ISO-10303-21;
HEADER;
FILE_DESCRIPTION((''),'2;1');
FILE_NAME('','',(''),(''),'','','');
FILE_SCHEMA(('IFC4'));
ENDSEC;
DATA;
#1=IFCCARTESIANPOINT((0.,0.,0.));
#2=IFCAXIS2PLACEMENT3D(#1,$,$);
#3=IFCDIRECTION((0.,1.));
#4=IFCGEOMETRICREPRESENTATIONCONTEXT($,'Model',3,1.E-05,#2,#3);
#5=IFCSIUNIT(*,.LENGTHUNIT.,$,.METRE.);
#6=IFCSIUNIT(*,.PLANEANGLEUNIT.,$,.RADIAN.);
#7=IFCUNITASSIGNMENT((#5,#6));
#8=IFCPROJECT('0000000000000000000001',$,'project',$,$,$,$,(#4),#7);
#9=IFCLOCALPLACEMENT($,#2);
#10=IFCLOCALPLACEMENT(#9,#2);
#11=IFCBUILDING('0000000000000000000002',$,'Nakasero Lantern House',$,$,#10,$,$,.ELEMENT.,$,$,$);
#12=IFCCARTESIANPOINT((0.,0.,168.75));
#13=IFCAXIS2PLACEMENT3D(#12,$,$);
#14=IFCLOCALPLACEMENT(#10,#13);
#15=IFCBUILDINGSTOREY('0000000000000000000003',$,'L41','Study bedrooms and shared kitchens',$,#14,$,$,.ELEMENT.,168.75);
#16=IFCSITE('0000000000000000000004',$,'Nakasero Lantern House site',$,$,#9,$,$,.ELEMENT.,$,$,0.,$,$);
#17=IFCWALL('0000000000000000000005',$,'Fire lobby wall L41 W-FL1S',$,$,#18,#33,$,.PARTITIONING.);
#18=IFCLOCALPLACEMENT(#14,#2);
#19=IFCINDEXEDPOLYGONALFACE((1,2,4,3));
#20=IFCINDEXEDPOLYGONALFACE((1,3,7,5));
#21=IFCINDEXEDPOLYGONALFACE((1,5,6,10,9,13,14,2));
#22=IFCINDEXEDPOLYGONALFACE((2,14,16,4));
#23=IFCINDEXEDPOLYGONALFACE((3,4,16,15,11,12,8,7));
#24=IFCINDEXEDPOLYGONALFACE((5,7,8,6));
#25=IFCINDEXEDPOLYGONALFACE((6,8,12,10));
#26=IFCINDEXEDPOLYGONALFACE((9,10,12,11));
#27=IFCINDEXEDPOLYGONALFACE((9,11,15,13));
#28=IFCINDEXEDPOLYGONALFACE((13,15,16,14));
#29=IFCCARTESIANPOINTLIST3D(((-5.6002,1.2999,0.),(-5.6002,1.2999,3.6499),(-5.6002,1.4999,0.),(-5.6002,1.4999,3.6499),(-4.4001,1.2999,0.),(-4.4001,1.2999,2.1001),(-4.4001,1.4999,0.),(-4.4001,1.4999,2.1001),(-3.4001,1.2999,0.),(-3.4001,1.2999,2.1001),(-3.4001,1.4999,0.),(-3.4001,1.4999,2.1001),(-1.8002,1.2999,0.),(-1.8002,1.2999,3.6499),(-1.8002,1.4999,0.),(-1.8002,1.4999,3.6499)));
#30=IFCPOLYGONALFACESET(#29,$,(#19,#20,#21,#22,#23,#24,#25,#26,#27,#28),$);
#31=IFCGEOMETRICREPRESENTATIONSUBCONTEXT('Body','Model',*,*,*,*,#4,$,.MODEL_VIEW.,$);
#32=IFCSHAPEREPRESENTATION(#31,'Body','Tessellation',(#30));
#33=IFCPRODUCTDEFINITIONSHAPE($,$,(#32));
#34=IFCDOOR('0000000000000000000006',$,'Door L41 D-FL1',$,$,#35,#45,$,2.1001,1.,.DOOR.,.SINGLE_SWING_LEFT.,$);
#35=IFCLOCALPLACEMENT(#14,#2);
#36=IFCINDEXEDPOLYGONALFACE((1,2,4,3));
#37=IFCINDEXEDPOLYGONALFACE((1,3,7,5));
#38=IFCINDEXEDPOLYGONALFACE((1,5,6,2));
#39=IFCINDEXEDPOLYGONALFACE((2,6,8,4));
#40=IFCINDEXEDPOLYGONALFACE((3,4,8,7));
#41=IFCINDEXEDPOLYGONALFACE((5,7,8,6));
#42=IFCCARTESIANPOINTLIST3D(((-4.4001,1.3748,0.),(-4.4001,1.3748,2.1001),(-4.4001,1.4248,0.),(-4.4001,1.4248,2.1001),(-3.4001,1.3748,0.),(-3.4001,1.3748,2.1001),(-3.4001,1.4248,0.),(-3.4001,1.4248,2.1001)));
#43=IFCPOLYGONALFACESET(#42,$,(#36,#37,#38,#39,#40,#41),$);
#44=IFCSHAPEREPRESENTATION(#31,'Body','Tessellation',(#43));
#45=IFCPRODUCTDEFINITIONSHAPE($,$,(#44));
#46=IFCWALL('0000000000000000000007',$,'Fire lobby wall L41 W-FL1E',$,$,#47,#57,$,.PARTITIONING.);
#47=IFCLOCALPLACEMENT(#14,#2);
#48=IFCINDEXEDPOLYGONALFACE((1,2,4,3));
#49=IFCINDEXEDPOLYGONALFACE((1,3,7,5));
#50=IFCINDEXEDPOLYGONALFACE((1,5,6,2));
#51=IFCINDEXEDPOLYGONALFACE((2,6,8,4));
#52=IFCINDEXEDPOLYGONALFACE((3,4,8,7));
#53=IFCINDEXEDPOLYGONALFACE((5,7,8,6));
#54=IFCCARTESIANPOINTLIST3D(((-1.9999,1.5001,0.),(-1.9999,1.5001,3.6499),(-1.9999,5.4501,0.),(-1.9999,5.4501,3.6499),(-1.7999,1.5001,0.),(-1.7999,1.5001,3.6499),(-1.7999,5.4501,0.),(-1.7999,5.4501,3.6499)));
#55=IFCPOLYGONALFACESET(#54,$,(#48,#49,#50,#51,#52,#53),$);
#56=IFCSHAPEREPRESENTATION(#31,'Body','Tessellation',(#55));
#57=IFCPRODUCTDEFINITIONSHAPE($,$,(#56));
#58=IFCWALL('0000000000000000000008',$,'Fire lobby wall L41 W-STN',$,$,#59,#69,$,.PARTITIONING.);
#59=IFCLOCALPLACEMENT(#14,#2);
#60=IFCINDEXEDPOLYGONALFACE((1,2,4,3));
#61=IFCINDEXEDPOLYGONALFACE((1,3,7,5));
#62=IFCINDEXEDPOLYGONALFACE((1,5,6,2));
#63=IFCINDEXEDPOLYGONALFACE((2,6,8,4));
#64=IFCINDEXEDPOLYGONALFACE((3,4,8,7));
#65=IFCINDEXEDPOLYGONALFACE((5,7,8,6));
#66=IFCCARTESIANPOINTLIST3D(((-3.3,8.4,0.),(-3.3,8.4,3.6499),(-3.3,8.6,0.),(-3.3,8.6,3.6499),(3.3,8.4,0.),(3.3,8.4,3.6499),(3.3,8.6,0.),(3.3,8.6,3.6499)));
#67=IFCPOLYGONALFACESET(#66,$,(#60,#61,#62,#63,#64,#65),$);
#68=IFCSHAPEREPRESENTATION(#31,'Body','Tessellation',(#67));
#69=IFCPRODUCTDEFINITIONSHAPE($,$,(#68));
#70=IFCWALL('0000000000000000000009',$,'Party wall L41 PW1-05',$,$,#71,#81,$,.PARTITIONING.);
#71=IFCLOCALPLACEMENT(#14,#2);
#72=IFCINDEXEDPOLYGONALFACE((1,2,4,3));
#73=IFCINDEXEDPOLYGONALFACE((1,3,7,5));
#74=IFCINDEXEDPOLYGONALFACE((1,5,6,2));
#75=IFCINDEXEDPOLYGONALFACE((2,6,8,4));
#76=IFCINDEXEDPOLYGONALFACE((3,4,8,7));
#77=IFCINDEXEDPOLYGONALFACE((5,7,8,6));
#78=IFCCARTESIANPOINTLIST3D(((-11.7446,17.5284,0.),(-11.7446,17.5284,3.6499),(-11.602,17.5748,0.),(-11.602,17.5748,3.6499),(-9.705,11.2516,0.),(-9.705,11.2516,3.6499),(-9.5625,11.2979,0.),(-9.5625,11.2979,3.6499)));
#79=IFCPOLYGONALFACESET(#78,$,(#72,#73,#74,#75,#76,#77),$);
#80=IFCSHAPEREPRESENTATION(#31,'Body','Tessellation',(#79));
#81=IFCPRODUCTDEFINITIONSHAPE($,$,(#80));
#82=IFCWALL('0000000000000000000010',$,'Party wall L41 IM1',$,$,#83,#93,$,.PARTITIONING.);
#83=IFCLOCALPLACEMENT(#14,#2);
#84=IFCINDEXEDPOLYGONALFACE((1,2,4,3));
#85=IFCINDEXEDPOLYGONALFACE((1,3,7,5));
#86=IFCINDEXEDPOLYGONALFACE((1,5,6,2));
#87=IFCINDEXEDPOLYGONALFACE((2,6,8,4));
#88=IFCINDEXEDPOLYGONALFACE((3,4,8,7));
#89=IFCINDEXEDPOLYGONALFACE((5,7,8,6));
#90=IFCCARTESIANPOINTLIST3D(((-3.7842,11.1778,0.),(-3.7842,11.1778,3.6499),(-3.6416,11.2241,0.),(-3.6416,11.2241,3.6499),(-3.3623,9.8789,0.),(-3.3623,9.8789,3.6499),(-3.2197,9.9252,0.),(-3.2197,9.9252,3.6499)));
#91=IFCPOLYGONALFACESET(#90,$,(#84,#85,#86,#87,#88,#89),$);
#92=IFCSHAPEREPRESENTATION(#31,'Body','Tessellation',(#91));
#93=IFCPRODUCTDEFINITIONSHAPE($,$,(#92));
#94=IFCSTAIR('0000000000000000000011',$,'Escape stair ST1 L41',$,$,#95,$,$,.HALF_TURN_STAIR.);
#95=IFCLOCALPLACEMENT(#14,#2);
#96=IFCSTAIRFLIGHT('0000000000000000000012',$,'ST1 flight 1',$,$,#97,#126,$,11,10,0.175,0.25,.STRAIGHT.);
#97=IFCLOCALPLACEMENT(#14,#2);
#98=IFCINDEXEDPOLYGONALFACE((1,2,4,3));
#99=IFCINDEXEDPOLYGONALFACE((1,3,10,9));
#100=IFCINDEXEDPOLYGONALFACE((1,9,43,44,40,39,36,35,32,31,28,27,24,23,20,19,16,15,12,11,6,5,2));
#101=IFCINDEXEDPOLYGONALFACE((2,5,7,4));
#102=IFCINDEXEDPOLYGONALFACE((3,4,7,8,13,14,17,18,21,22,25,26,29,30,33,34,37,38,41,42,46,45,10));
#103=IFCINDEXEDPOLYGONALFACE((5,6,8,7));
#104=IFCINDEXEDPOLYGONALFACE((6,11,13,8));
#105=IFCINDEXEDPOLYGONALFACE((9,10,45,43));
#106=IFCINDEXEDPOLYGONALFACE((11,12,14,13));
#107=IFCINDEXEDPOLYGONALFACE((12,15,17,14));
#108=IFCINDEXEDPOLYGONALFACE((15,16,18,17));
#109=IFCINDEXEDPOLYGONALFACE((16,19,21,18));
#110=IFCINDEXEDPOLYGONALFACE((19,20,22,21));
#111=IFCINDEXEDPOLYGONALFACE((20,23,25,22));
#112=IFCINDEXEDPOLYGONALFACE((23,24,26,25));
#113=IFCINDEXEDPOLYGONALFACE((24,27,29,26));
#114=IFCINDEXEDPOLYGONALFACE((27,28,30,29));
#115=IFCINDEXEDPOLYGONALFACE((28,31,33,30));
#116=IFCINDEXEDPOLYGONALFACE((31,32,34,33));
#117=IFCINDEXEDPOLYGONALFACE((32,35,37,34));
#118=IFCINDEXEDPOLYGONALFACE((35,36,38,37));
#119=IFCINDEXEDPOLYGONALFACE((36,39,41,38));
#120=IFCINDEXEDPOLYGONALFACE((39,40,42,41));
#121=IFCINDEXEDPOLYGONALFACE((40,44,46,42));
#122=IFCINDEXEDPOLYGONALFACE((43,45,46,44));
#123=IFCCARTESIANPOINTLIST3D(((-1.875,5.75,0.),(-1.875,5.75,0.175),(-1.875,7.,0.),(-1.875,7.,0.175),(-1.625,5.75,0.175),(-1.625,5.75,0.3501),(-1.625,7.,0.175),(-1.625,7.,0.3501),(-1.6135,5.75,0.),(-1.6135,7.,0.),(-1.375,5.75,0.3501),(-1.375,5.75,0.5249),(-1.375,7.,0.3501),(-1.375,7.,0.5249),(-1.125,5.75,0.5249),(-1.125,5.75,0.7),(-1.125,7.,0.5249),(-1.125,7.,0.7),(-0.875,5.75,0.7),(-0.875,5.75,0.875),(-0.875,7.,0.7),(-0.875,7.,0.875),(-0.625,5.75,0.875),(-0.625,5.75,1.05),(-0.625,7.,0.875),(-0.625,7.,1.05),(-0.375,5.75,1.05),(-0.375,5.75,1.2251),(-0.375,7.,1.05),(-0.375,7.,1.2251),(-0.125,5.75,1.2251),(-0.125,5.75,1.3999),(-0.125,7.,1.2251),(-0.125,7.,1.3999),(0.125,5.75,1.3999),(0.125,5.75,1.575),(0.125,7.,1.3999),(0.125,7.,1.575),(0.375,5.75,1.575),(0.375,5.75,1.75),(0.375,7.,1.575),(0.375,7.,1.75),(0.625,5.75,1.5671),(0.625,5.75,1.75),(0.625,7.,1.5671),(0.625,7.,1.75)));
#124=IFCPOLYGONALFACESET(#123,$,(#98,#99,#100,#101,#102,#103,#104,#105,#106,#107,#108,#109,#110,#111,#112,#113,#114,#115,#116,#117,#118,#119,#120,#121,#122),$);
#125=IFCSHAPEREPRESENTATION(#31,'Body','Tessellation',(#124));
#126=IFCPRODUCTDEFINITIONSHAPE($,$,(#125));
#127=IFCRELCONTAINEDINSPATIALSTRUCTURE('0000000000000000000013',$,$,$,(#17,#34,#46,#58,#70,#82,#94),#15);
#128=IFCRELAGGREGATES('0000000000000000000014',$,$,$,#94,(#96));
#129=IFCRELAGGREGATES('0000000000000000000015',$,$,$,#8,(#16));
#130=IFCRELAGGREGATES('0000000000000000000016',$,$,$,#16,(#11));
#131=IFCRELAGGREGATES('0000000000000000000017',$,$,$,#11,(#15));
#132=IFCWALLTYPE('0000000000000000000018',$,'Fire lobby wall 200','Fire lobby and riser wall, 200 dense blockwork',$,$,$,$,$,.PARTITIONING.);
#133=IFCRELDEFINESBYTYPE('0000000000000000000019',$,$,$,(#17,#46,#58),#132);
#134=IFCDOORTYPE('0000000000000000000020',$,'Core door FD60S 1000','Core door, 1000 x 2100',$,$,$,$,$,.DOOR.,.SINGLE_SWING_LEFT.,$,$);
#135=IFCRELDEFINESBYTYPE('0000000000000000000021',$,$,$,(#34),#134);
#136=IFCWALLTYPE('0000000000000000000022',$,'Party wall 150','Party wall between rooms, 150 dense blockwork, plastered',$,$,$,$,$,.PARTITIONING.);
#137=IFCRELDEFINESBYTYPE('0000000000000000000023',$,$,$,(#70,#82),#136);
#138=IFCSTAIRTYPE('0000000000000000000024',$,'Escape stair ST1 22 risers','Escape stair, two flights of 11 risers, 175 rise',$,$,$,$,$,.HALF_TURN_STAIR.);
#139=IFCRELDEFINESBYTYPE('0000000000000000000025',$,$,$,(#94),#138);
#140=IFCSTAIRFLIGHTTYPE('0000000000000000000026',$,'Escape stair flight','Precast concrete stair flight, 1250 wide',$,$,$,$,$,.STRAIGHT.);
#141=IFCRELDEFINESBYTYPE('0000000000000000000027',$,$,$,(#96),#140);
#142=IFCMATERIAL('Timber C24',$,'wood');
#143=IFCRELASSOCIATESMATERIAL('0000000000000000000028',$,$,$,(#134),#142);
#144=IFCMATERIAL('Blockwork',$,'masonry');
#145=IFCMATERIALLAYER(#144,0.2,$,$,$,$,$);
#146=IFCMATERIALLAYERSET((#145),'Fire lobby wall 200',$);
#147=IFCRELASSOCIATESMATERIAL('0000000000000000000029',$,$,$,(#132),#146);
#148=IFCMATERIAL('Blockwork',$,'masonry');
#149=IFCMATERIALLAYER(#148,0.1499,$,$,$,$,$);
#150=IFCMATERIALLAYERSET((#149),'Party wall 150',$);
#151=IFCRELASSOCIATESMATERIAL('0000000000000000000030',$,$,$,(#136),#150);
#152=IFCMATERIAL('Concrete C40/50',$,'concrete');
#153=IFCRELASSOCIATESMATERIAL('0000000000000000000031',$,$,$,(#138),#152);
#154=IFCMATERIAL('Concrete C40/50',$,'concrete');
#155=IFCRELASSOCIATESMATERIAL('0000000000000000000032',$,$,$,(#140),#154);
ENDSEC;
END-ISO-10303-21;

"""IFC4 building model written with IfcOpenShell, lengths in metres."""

from ifc_helpers import new_model, si_unit, direction, frame, frame_2d, origin, place, context, subcontext, project, spatial, polyline, rectangle, outline, extrude, material, layer, layer_set, type_object, element, fill, aggregate, save


model = new_model("IFC4")

# Units and contexts
model_context = context("Model", 3, precision=1e-05, world=origin(), true_north=direction((0.0, 1.0)))
body_context = subcontext(model_context, "Body", "Model", "MODEL_VIEW")
ifc_project = project(units=[si_unit("LENGTHUNIT", "METRE"), si_unit("PLANEANGLEUNIT", "RADIAN")], contexts=[model_context])

# Site, building, storey
site_placement = place(None, origin())
site = spatial("IfcSite", under=ifc_project, at=site_placement, Name="Nakasero Lantern House site", CompositionType="ELEMENT", RefElevation=0.0)
building_placement = place(site_placement, origin())
building = spatial("IfcBuilding", under=site, at=building_placement, Name="Nakasero Lantern House", CompositionType="ELEMENT")
storey_placement = place(building_placement, frame((0.0, 0.0, 168.75)))
storey = spatial("IfcBuildingStorey", under=building, at=storey_placement, Name="L41", Description="Study bedrooms and shared kitchens", CompositionType="ELEMENT", Elevation=168.75)

# Shared definitions
ifc_material_1 = material(Name="Timber C24", Category="wood")
door_type_1 = type_object("IfcDoorType", Name="Core door FD60S 1000", Description="Core door, 1000 x 2100", OperationType="SINGLE_SWING_LEFT", PredefinedType="DOOR", material=ifc_material_1)

# Wall, opening, door
ifc_material_2 = material(Name="Blockwork", Category="masonry")
ifc_layer_1 = layer(ifc_material_2, 0.2)
ifc_layer_set_1 = layer_set([ifc_layer_1], Name="Fire lobby wall 200")
wall_type_1 = type_object("IfcWallType", Name="Fire lobby wall 200", Description="Fire lobby and riser wall, 200 dense blockwork", PredefinedType="PARTITIONING", material=ifc_layer_set_1)
wall_1_placement = place(storey_placement, frame((-5.6001, 1.3999, 0.0), z_axis=(0.0, 0.0, 1.0), x_axis=(1.0, 0.0, 0.0)))
wall_1 = element("IfcWall", 1, at=wall_1_placement, inside=storey, type_object=wall_type_1, Name="Fire lobby wall L41 W-FL1S", PredefinedType="PARTITIONING", context=body_context, shape_type="SweptSolid", body=[
    extrude(rectangle(XDim=3.8, YDim=0.2, at=frame_2d((1.8999, 0.0))), origin(), (0.0, 0.0, 1.0), 3.6499),
])
opening_1_placement = place(wall_1_placement, frame((1.2, 0.0, 0.0)))
opening_1 = element("IfcOpeningElement", 2, at=opening_1_placement, cuts=wall_1, PredefinedType="OPENING", context=body_context, shape_type="SweptSolid", body=[
    extrude(rectangle(XDim=1.0, YDim=2.1001, at=frame_2d((0.5, 1.05))), frame((0.0, 0.1199, 0.0), z_axis=(0.0, -1.0, 0.0), x_axis=(1.0, 0.0, 0.0)), (0.0, 0.0, 1.0), 0.24),
])
door_1_placement = place(opening_1_placement, origin())
door_1 = element("IfcDoor", 3, at=door_1_placement, inside=storey, type_object=door_type_1, Name="Door L41 D-FL1", OperationType="SINGLE_SWING_LEFT", OverallHeight=2.1001, OverallWidth=1.0, PredefinedType="DOOR", context=body_context, shape_type="SweptSolid", body=[
    extrude(rectangle(XDim=1.0, YDim=2.1001, at=frame_2d((0.5, 1.05))), frame((0.0, 0.0249, 0.0), z_axis=(0.0, -1.0, 0.0), x_axis=(1.0, 0.0, 0.0)), (0.0, 0.0, 1.0), 0.05),
])
fill(opening_1, door_1)

# Walls
wall_2_placement = place(storey_placement, frame((-1.8999, 1.5, 0.0), z_axis=(0.0, 0.0, 1.0), x_axis=(0.0, 1.0, 0.0)))
element("IfcWall", 4, at=wall_2_placement, inside=storey, type_object=wall_type_1, Name="Fire lobby wall L41 W-FL1E", PredefinedType="PARTITIONING", context=body_context, shape_type="SweptSolid", body=[
    extrude(rectangle(XDim=3.95, YDim=0.2, at=frame_2d((1.9751, 0.0))), origin(), (0.0, 0.0, 1.0), 3.6499),
])
wall_3_placement = place(storey_placement, frame((-3.3, 8.5, 0.0), z_axis=(0.0, 0.0, 1.0), x_axis=(1.0, 0.0, 0.0)))
element("IfcWall", 5, at=wall_3_placement, inside=storey, type_object=wall_type_1, Name="Fire lobby wall L41 W-STN", PredefinedType="PARTITIONING", context=body_context, shape_type="SweptSolid", body=[
    extrude(rectangle(XDim=6.6001, YDim=0.2, at=frame_2d((3.3, 0.0))), origin(), (0.0, 0.0, 1.0), 3.6499),
])
ifc_material_3 = material(Name="Blockwork", Category="masonry")
ifc_layer_2 = layer(ifc_material_3, 0.1499)
ifc_layer_set_2 = layer_set([ifc_layer_2], Name="Party wall 150")
wall_type_2 = type_object("IfcWallType", Name="Party wall 150", Description="Party wall between rooms, 150 dense blockwork, plastered", PredefinedType="PARTITIONING", material=ifc_layer_set_2)
wall_4_placement = place(storey_placement, frame((-9.6338, 11.2749, 0.0), z_axis=(0.0, 0.0, 1.0), x_axis=(-0.309028, 0.951053, 0.0)))
element("IfcWall", 6, at=wall_4_placement, inside=storey, type_object=wall_type_2, Name="Party wall L41 PW1-05", PredefinedType="PARTITIONING", context=body_context, shape_type="SweptSolid", body=[
    extrude(rectangle(XDim=6.5999, YDim=0.1499, at=frame_2d((3.2998, 0.0))), origin(), (0.0, 0.0, 1.0), 3.6499),
])
wall_5_placement = place(storey_placement, frame((-3.7129, 11.2009, 0.0), z_axis=(0.0, 0.0, 1.0), x_axis=(0.308924, -0.951087, 0.0)))
element("IfcWall", 7, at=wall_5_placement, inside=storey, type_object=wall_type_2, Name="Party wall L41 IM1", PredefinedType="PARTITIONING", context=body_context, shape_type="SweptSolid", body=[
    extrude(rectangle(XDim=1.3657, YDim=0.1499, at=frame_2d((0.6829, 0.0))), origin(), (0.0, 0.0, 1.0), 3.6499),
])

# Stair, stair flight
ifc_material_4 = material(Name="Concrete C40/50", Category="concrete")
stair_type = type_object("IfcStairType", Name="Escape stair ST1 22 risers", Description="Escape stair, two flights of 11 risers, 175 rise", PredefinedType="HALF_TURN_STAIR", material=ifc_material_4)
stair_placement = place(storey_placement, origin())
stair = element("IfcStair", 8, at=stair_placement, inside=storey, type_object=stair_type, Name="Escape stair ST1 L41", PredefinedType="HALF_TURN_STAIR")
ifc_material_5 = material(Name="Concrete C40/50", Category="concrete")
stair_flight_type = type_object("IfcStairFlightType", Name="Escape stair flight", Description="Precast concrete stair flight, 1250 wide", PredefinedType="STRAIGHT", material=ifc_material_5)
stair_flight_placement = place(storey_placement, frame((-1.875, 6.375, 0.0), z_axis=(0.0, 0.0, 1.0), x_axis=(1.0, 0.0, 0.0)))
stair_flight = element("IfcStairFlight", 9, at=stair_flight_placement, type_object=stair_flight_type, Name="ST1 flight 1", NumberOfRisers=11, NumberOfTreads=10, PredefinedType="STRAIGHT", RiserHeight=0.175, TreadLength=0.25, context=body_context, shape_type="SweptSolid", body=[
    extrude(outline(polyline([(0.0, 0.0), (0.0, 0.175), (0.25, 0.175), (0.25, 0.3501), (0.5, 0.3501), (0.5, 0.5249), (0.75, 0.5249), (0.75, 0.7), (1.0, 0.7), (1.0, 0.875), (1.25, 0.875), (1.25, 1.05), (1.5, 1.05), (1.5, 1.2251), (1.75, 1.2251), (1.75, 1.3999), (2.0, 1.3999), (2.0, 1.575), (2.25, 1.575), (2.25, 1.75), (2.5, 1.75), (2.5, 1.925), (2.5, 1.5671), (0.2615, 0.0), (0.0, 0.0)])), frame((0.0, 0.625, 0.0), z_axis=(0.0, -1.0, 0.0), x_axis=(1.0, 0.0, 0.0)), (0.0, 0.0, 1.0), 1.25),
])
aggregate(stair, [stair_flight])

save(model, "model.ifc")
